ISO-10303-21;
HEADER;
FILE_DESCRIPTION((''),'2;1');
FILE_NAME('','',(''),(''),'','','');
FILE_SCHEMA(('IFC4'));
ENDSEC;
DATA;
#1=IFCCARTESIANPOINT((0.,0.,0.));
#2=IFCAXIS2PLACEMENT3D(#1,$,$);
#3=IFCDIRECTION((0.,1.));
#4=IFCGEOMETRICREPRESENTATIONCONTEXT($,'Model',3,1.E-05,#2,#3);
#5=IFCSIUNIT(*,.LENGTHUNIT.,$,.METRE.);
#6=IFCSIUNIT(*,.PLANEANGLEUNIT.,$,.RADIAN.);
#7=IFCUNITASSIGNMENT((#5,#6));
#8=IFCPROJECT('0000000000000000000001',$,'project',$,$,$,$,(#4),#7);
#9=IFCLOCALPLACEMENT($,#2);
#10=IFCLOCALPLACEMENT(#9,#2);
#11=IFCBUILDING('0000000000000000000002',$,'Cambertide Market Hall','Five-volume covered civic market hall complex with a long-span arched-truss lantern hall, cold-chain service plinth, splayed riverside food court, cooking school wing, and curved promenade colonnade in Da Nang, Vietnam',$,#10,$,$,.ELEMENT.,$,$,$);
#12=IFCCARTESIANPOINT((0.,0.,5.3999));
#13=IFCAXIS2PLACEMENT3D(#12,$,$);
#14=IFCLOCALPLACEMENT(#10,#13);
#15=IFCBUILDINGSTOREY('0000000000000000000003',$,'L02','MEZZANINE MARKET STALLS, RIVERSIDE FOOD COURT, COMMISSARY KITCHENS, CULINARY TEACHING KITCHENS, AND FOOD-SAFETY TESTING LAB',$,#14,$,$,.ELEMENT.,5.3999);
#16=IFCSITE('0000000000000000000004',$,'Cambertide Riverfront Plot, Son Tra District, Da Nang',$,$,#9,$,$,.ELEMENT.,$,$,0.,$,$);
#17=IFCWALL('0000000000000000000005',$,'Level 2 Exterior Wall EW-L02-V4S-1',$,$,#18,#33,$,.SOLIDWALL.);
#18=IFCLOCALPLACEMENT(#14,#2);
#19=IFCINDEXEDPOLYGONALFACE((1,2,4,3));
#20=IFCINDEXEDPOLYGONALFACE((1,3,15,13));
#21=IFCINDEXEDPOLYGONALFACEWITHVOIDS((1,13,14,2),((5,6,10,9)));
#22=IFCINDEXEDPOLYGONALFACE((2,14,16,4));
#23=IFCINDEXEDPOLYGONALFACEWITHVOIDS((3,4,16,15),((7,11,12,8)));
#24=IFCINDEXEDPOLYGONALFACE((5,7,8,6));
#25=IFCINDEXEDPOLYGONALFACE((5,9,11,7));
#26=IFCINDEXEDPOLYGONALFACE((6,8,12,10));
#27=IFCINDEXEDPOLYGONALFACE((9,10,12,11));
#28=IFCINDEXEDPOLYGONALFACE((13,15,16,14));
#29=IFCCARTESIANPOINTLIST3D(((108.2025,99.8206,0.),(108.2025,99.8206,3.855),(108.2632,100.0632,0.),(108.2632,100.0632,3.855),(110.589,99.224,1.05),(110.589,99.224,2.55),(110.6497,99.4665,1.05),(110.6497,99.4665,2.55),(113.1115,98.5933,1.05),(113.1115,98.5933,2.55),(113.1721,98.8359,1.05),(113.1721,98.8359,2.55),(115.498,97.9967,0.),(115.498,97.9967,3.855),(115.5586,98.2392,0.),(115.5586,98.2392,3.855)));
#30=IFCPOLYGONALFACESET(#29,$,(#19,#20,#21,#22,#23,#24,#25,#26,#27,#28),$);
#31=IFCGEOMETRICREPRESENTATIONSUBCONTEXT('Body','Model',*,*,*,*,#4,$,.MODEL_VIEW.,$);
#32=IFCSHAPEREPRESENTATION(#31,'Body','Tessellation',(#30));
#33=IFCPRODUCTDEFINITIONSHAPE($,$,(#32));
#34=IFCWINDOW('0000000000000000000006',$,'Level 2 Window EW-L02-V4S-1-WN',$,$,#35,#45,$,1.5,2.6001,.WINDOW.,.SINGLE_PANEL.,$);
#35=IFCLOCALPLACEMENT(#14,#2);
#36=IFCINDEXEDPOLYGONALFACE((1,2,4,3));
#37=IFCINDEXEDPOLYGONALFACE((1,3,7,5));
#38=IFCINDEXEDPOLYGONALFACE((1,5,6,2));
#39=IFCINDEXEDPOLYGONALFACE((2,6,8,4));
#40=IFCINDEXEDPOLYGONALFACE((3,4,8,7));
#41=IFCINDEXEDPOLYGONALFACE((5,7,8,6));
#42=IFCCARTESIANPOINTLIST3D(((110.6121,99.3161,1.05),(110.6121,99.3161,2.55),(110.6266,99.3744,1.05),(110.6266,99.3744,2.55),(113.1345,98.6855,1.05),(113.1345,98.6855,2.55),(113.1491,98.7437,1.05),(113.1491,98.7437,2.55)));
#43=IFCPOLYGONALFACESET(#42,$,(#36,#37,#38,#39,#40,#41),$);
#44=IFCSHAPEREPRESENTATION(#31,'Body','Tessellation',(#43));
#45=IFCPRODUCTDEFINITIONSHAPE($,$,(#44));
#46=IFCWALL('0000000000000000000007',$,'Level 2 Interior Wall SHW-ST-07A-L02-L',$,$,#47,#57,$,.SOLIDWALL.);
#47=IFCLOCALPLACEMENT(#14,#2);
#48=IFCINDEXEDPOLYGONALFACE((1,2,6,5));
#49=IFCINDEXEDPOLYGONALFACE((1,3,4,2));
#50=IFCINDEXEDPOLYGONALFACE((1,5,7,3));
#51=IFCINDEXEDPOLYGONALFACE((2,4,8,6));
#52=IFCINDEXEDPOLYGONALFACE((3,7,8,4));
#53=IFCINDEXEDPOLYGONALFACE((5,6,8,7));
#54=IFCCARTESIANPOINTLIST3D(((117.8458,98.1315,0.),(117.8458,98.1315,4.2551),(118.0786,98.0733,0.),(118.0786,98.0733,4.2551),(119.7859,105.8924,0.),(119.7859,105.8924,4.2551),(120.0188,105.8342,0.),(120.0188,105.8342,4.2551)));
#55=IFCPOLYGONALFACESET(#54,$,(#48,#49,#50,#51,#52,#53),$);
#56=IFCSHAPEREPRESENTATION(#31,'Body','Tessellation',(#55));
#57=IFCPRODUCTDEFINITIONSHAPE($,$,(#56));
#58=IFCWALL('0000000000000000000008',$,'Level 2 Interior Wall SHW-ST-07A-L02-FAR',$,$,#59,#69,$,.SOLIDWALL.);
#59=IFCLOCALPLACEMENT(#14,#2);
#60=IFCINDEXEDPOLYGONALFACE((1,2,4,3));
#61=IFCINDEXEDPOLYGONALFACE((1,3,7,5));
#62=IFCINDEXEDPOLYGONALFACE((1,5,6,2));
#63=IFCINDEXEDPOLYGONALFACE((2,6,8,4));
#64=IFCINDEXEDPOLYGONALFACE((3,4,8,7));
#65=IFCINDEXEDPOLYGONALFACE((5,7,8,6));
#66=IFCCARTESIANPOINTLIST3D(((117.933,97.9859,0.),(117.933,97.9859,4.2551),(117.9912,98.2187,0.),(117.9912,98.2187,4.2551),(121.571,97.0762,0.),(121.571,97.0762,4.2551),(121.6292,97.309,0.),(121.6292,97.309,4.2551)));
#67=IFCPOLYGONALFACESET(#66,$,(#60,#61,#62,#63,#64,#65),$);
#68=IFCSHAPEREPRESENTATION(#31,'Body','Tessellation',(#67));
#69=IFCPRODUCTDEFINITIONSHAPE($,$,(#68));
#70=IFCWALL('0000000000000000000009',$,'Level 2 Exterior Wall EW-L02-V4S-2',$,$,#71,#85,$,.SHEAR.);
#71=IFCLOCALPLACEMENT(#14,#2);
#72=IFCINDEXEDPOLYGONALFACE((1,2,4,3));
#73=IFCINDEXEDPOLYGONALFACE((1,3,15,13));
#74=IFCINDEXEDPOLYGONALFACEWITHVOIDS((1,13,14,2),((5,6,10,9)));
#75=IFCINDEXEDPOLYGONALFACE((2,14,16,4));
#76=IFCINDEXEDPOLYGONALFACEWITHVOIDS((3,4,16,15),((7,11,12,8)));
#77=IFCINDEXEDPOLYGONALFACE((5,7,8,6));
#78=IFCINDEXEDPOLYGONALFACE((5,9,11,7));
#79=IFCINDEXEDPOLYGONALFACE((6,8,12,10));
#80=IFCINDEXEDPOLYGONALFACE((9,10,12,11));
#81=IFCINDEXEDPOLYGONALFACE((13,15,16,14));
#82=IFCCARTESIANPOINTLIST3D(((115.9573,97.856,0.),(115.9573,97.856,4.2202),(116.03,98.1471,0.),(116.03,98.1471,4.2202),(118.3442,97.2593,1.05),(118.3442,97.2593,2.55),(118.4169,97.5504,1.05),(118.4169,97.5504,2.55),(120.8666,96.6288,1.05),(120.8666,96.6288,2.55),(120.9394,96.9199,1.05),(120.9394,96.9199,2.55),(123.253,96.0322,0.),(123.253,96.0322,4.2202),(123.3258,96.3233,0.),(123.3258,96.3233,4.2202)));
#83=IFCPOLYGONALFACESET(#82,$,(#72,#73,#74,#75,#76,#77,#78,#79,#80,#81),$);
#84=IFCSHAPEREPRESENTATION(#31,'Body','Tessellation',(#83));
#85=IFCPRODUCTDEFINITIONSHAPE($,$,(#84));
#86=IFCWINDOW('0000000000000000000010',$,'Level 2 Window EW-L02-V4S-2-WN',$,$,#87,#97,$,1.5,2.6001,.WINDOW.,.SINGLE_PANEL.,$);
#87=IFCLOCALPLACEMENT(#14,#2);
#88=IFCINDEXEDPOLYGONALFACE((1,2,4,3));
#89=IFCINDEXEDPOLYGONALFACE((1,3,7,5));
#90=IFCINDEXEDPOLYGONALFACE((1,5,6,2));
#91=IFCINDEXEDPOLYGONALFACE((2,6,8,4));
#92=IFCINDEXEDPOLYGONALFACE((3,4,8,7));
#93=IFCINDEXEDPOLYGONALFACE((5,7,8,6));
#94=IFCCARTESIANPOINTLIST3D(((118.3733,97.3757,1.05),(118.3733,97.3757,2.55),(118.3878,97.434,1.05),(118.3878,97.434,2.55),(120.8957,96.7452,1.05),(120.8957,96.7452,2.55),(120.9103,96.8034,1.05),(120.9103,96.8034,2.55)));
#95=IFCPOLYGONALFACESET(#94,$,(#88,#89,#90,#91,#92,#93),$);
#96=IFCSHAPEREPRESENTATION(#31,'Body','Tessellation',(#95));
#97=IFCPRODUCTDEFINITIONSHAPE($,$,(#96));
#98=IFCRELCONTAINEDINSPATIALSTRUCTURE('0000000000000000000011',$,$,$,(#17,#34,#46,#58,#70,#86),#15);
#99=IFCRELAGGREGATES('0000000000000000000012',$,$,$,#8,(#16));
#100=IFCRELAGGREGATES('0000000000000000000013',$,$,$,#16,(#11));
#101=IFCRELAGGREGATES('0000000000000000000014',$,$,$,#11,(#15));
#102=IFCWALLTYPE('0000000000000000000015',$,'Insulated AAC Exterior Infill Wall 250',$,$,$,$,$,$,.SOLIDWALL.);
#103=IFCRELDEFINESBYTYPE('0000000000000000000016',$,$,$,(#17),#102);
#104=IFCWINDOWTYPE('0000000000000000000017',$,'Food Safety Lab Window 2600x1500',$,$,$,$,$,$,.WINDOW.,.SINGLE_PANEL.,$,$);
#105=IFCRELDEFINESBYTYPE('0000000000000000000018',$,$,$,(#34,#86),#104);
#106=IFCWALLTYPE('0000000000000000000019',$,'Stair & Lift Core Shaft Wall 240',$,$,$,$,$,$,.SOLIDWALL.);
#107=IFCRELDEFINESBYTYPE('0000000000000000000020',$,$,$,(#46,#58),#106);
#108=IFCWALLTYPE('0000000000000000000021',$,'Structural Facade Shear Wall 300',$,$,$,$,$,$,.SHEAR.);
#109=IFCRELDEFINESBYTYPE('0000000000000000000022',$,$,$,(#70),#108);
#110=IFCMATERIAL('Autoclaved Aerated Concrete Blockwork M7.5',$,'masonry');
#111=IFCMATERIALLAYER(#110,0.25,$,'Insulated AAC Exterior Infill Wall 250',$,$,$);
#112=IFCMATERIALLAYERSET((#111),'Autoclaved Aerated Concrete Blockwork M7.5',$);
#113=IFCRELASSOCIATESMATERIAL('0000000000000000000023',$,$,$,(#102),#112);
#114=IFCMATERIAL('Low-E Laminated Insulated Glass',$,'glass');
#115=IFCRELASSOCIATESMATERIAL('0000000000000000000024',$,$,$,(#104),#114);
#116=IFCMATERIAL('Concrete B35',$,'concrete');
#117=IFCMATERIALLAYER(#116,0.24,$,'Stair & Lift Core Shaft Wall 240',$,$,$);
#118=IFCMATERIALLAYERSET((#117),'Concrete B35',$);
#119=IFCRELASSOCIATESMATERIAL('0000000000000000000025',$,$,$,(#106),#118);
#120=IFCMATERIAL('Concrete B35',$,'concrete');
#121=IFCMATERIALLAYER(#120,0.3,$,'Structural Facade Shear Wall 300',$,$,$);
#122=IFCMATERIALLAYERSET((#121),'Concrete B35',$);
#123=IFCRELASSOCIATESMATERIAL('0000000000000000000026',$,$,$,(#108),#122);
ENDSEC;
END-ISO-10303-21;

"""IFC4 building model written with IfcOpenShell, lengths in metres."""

from ifc_helpers import new_model, si_unit, direction, frame, frame_2d, origin, place, context, subcontext, project, spatial, rectangle, extrude, material, layer, layer_set, type_object, element, fill, save


model = new_model("IFC4")

# Units and contexts
model_context = context("Model", 3, precision=1e-05, world=origin(), true_north=direction((0.0, 1.0)))
body_context = subcontext(model_context, "Body", "Model", "MODEL_VIEW")
ifc_project = project(units=[si_unit("LENGTHUNIT", "METRE"), si_unit("PLANEANGLEUNIT", "RADIAN")], contexts=[model_context])

# Site, building, storey
site_placement = place(None, origin())
site = spatial("IfcSite", under=ifc_project, at=site_placement, Name="Cambertide Riverfront Plot, Son Tra District, Da Nang", CompositionType="ELEMENT", RefElevation=0.0)
building_placement = place(site_placement, origin())
building = spatial("IfcBuilding", under=site, at=building_placement, Name="Cambertide Market Hall", Description="Five-volume covered civic market hall complex with a long-span arched-truss lantern hall, cold-chain service plinth, splayed riverside food court, cooking school wing, and curved promenade colonnade in Da Nang, Vietnam", CompositionType="ELEMENT")
storey_placement = place(building_placement, frame((0.0, 0.0, 5.3999)))
storey = spatial("IfcBuildingStorey", under=building, at=storey_placement, Name="L02", Description="MEZZANINE MARKET STALLS, RIVERSIDE FOOD COURT, COMMISSARY KITCHENS, CULINARY TEACHING KITCHENS, AND FOOD-SAFETY TESTING LAB", CompositionType="ELEMENT", Elevation=5.3999)

# Wall, opening, window
ifc_material_1 = material(Name="Autoclaved Aerated Concrete Blockwork M7.5", Category="masonry")
ifc_layer_1 = layer(ifc_material_1, 0.25, Name="Insulated AAC Exterior Infill Wall 250")
ifc_layer_set_1 = layer_set([ifc_layer_1], Name="Autoclaved Aerated Concrete Blockwork M7.5")
wall_type_1 = type_object("IfcWallType", Name="Insulated AAC Exterior Infill Wall 250", PredefinedType="SOLIDWALL", material=ifc_layer_set_1)
wall_1_placement = place(storey_placement, frame((115.5283, 98.1179, 0.0), z_axis=(0.0, 0.0, 1.0), x_axis=(-0.970139, 0.242551, 0.0)))
wall_1 = element("IfcWall", 1, at=wall_1_placement, inside=storey, type_object=wall_type_1, Name="Level 2 Exterior Wall EW-L02-V4S-1", PredefinedType="SOLIDWALL", context=body_context, shape_type="SweptSolid", body=[
    extrude(rectangle(XDim=7.52, YDim=0.25, at=frame_2d((3.76, 0.0))), origin(), (0.0, 0.0, 1.0), 3.855),
])
opening_1_placement = place(wall_1_placement, frame((2.46, 0.0, 1.05)))
opening_1 = element("IfcOpeningElement", 2, at=opening_1_placement, cuts=wall_1, PredefinedType="OPENING", context=body_context, shape_type="SweptSolid", body=[
    extrude(rectangle(XDim=2.6001, YDim=1.5, at=frame_2d((1.3, 0.75))), frame((0.0, 0.135, 0.0), z_axis=(0.0, -1.0, 0.0), x_axis=(1.0, 0.0, 0.0)), (0.0, 0.0, 1.0), 0.27),
])
ifc_material_2 = material(Name="Low-E Laminated Insulated Glass", Category="glass")
window_type = type_object("IfcWindowType", Name="Food Safety Lab Window 2600x1500", PartitioningType="SINGLE_PANEL", PredefinedType="WINDOW", material=ifc_material_2)
window_1_placement = place(opening_1_placement, origin())
window_1 = element("IfcWindow", 3, at=window_1_placement, inside=storey, type_object=window_type, Name="Level 2 Window EW-L02-V4S-1-WN", OverallHeight=1.5, OverallWidth=2.6001, PartitioningType="SINGLE_PANEL", PredefinedType="WINDOW", context=body_context, shape_type="SweptSolid", body=[
    extrude(rectangle(XDim=2.6001, YDim=1.5, at=frame_2d((1.3, 0.75))), frame((0.0, 0.03, 0.0), z_axis=(0.0, -1.0, 0.0), x_axis=(1.0, 0.0, 0.0)), (0.0, 0.0, 1.0), 0.0601),
])
fill(opening_1, window_1)

# Walls
ifc_material_3 = material(Name="Concrete B35", Category="concrete")
ifc_layer_2 = layer(ifc_material_3, 0.24, Name="Stair & Lift Core Shaft Wall 240")
ifc_layer_set_2 = layer_set([ifc_layer_2], Name="Concrete B35")
wall_type_2 = type_object("IfcWallType", Name="Stair & Lift Core Shaft Wall 240", PredefinedType="SOLIDWALL", material=ifc_layer_set_2)
wall_2_placement = place(storey_placement, frame((117.9622, 98.1023, 0.0), z_axis=(0.0, 0.0, 1.0), x_axis=(0.242528, 0.970144, 0.0)))
element("IfcWall", 4, at=wall_2_placement, inside=storey, type_object=wall_type_2, Name="Level 2 Interior Wall SHW-ST-07A-L02-L", PredefinedType="SOLIDWALL", context=body_context, shape_type="SweptSolid", body=[
    extrude(rectangle(XDim=7.9998, YDim=0.24, at=frame_2d((4.0, 0.0))), origin(), (0.0, 0.0, 1.0), 4.2551),
])
wall_3_placement = place(storey_placement, frame((121.6001, 97.1926, 0.0), z_axis=(0.0, 0.0, 1.0), x_axis=(-0.970131, 0.242582, 0.0)))
element("IfcWall", 5, at=wall_3_placement, inside=storey, type_object=wall_type_2, Name="Level 2 Interior Wall SHW-ST-07A-L02-FAR", PredefinedType="SOLIDWALL", context=body_context, shape_type="SweptSolid", body=[
    extrude(rectangle(XDim=3.75, YDim=0.24, at=frame_2d((1.875, 0.0))), origin(), (0.0, 0.0, 1.0), 4.2551),
])

# Wall, opening, window
ifc_material_4 = material(Name="Concrete B35", Category="concrete")
ifc_layer_3 = layer(ifc_material_4, 0.3, Name="Structural Facade Shear Wall 300")
ifc_layer_set_3 = layer_set([ifc_layer_3], Name="Concrete B35")
wall_type_3 = type_object("IfcWallType", Name="Structural Facade Shear Wall 300", PredefinedType="SHEAR", material=ifc_layer_set_3)
wall_4_placement = place(storey_placement, frame((123.2896, 96.1777, 0.0), z_axis=(0.0, 0.0, 1.0), x_axis=(-0.970148, 0.242513, 0.0)))
wall_4 = element("IfcWall", 6, at=wall_4_placement, inside=storey, type_object=wall_type_3, Name="Level 2 Exterior Wall EW-L02-V4S-2", PredefinedType="SHEAR", context=body_context, shape_type="SweptSolid", body=[
    extrude(rectangle(XDim=7.5203, YDim=0.3, at=frame_2d((3.7603, 0.0))), origin(), (0.0, 0.0, 1.0), 4.2202),
])
opening_2_placement = place(wall_4_placement, frame((2.46, 0.0, 1.05)))
opening_2 = element("IfcOpeningElement", 7, at=opening_2_placement, cuts=wall_4, PredefinedType="OPENING", context=body_context, shape_type="SweptSolid", body=[
    extrude(rectangle(XDim=2.6001, YDim=1.5, at=frame_2d((1.3, 0.75))), frame((0.0, 0.1599, 0.0), z_axis=(0.0, -1.0, 0.0), x_axis=(1.0, 0.0, 0.0)), (0.0, 0.0, 1.0), 0.3201),
])
window_2_placement = place(opening_2_placement, origin())
window_2 = element("IfcWindow", 8, at=window_2_placement, inside=storey, type_object=window_type, Name="Level 2 Window EW-L02-V4S-2-WN", OverallHeight=1.5, OverallWidth=2.6001, PartitioningType="SINGLE_PANEL", PredefinedType="WINDOW", context=body_context, shape_type="SweptSolid", body=[
    extrude(rectangle(XDim=2.6001, YDim=1.5, at=frame_2d((1.3, 0.75))), frame((0.0, 0.03, 0.0), z_axis=(0.0, -1.0, 0.0), x_axis=(1.0, 0.0, 0.0)), (0.0, 0.0, 1.0), 0.0601),
])
fill(opening_2, window_2)

save(model, "model.ifc")
